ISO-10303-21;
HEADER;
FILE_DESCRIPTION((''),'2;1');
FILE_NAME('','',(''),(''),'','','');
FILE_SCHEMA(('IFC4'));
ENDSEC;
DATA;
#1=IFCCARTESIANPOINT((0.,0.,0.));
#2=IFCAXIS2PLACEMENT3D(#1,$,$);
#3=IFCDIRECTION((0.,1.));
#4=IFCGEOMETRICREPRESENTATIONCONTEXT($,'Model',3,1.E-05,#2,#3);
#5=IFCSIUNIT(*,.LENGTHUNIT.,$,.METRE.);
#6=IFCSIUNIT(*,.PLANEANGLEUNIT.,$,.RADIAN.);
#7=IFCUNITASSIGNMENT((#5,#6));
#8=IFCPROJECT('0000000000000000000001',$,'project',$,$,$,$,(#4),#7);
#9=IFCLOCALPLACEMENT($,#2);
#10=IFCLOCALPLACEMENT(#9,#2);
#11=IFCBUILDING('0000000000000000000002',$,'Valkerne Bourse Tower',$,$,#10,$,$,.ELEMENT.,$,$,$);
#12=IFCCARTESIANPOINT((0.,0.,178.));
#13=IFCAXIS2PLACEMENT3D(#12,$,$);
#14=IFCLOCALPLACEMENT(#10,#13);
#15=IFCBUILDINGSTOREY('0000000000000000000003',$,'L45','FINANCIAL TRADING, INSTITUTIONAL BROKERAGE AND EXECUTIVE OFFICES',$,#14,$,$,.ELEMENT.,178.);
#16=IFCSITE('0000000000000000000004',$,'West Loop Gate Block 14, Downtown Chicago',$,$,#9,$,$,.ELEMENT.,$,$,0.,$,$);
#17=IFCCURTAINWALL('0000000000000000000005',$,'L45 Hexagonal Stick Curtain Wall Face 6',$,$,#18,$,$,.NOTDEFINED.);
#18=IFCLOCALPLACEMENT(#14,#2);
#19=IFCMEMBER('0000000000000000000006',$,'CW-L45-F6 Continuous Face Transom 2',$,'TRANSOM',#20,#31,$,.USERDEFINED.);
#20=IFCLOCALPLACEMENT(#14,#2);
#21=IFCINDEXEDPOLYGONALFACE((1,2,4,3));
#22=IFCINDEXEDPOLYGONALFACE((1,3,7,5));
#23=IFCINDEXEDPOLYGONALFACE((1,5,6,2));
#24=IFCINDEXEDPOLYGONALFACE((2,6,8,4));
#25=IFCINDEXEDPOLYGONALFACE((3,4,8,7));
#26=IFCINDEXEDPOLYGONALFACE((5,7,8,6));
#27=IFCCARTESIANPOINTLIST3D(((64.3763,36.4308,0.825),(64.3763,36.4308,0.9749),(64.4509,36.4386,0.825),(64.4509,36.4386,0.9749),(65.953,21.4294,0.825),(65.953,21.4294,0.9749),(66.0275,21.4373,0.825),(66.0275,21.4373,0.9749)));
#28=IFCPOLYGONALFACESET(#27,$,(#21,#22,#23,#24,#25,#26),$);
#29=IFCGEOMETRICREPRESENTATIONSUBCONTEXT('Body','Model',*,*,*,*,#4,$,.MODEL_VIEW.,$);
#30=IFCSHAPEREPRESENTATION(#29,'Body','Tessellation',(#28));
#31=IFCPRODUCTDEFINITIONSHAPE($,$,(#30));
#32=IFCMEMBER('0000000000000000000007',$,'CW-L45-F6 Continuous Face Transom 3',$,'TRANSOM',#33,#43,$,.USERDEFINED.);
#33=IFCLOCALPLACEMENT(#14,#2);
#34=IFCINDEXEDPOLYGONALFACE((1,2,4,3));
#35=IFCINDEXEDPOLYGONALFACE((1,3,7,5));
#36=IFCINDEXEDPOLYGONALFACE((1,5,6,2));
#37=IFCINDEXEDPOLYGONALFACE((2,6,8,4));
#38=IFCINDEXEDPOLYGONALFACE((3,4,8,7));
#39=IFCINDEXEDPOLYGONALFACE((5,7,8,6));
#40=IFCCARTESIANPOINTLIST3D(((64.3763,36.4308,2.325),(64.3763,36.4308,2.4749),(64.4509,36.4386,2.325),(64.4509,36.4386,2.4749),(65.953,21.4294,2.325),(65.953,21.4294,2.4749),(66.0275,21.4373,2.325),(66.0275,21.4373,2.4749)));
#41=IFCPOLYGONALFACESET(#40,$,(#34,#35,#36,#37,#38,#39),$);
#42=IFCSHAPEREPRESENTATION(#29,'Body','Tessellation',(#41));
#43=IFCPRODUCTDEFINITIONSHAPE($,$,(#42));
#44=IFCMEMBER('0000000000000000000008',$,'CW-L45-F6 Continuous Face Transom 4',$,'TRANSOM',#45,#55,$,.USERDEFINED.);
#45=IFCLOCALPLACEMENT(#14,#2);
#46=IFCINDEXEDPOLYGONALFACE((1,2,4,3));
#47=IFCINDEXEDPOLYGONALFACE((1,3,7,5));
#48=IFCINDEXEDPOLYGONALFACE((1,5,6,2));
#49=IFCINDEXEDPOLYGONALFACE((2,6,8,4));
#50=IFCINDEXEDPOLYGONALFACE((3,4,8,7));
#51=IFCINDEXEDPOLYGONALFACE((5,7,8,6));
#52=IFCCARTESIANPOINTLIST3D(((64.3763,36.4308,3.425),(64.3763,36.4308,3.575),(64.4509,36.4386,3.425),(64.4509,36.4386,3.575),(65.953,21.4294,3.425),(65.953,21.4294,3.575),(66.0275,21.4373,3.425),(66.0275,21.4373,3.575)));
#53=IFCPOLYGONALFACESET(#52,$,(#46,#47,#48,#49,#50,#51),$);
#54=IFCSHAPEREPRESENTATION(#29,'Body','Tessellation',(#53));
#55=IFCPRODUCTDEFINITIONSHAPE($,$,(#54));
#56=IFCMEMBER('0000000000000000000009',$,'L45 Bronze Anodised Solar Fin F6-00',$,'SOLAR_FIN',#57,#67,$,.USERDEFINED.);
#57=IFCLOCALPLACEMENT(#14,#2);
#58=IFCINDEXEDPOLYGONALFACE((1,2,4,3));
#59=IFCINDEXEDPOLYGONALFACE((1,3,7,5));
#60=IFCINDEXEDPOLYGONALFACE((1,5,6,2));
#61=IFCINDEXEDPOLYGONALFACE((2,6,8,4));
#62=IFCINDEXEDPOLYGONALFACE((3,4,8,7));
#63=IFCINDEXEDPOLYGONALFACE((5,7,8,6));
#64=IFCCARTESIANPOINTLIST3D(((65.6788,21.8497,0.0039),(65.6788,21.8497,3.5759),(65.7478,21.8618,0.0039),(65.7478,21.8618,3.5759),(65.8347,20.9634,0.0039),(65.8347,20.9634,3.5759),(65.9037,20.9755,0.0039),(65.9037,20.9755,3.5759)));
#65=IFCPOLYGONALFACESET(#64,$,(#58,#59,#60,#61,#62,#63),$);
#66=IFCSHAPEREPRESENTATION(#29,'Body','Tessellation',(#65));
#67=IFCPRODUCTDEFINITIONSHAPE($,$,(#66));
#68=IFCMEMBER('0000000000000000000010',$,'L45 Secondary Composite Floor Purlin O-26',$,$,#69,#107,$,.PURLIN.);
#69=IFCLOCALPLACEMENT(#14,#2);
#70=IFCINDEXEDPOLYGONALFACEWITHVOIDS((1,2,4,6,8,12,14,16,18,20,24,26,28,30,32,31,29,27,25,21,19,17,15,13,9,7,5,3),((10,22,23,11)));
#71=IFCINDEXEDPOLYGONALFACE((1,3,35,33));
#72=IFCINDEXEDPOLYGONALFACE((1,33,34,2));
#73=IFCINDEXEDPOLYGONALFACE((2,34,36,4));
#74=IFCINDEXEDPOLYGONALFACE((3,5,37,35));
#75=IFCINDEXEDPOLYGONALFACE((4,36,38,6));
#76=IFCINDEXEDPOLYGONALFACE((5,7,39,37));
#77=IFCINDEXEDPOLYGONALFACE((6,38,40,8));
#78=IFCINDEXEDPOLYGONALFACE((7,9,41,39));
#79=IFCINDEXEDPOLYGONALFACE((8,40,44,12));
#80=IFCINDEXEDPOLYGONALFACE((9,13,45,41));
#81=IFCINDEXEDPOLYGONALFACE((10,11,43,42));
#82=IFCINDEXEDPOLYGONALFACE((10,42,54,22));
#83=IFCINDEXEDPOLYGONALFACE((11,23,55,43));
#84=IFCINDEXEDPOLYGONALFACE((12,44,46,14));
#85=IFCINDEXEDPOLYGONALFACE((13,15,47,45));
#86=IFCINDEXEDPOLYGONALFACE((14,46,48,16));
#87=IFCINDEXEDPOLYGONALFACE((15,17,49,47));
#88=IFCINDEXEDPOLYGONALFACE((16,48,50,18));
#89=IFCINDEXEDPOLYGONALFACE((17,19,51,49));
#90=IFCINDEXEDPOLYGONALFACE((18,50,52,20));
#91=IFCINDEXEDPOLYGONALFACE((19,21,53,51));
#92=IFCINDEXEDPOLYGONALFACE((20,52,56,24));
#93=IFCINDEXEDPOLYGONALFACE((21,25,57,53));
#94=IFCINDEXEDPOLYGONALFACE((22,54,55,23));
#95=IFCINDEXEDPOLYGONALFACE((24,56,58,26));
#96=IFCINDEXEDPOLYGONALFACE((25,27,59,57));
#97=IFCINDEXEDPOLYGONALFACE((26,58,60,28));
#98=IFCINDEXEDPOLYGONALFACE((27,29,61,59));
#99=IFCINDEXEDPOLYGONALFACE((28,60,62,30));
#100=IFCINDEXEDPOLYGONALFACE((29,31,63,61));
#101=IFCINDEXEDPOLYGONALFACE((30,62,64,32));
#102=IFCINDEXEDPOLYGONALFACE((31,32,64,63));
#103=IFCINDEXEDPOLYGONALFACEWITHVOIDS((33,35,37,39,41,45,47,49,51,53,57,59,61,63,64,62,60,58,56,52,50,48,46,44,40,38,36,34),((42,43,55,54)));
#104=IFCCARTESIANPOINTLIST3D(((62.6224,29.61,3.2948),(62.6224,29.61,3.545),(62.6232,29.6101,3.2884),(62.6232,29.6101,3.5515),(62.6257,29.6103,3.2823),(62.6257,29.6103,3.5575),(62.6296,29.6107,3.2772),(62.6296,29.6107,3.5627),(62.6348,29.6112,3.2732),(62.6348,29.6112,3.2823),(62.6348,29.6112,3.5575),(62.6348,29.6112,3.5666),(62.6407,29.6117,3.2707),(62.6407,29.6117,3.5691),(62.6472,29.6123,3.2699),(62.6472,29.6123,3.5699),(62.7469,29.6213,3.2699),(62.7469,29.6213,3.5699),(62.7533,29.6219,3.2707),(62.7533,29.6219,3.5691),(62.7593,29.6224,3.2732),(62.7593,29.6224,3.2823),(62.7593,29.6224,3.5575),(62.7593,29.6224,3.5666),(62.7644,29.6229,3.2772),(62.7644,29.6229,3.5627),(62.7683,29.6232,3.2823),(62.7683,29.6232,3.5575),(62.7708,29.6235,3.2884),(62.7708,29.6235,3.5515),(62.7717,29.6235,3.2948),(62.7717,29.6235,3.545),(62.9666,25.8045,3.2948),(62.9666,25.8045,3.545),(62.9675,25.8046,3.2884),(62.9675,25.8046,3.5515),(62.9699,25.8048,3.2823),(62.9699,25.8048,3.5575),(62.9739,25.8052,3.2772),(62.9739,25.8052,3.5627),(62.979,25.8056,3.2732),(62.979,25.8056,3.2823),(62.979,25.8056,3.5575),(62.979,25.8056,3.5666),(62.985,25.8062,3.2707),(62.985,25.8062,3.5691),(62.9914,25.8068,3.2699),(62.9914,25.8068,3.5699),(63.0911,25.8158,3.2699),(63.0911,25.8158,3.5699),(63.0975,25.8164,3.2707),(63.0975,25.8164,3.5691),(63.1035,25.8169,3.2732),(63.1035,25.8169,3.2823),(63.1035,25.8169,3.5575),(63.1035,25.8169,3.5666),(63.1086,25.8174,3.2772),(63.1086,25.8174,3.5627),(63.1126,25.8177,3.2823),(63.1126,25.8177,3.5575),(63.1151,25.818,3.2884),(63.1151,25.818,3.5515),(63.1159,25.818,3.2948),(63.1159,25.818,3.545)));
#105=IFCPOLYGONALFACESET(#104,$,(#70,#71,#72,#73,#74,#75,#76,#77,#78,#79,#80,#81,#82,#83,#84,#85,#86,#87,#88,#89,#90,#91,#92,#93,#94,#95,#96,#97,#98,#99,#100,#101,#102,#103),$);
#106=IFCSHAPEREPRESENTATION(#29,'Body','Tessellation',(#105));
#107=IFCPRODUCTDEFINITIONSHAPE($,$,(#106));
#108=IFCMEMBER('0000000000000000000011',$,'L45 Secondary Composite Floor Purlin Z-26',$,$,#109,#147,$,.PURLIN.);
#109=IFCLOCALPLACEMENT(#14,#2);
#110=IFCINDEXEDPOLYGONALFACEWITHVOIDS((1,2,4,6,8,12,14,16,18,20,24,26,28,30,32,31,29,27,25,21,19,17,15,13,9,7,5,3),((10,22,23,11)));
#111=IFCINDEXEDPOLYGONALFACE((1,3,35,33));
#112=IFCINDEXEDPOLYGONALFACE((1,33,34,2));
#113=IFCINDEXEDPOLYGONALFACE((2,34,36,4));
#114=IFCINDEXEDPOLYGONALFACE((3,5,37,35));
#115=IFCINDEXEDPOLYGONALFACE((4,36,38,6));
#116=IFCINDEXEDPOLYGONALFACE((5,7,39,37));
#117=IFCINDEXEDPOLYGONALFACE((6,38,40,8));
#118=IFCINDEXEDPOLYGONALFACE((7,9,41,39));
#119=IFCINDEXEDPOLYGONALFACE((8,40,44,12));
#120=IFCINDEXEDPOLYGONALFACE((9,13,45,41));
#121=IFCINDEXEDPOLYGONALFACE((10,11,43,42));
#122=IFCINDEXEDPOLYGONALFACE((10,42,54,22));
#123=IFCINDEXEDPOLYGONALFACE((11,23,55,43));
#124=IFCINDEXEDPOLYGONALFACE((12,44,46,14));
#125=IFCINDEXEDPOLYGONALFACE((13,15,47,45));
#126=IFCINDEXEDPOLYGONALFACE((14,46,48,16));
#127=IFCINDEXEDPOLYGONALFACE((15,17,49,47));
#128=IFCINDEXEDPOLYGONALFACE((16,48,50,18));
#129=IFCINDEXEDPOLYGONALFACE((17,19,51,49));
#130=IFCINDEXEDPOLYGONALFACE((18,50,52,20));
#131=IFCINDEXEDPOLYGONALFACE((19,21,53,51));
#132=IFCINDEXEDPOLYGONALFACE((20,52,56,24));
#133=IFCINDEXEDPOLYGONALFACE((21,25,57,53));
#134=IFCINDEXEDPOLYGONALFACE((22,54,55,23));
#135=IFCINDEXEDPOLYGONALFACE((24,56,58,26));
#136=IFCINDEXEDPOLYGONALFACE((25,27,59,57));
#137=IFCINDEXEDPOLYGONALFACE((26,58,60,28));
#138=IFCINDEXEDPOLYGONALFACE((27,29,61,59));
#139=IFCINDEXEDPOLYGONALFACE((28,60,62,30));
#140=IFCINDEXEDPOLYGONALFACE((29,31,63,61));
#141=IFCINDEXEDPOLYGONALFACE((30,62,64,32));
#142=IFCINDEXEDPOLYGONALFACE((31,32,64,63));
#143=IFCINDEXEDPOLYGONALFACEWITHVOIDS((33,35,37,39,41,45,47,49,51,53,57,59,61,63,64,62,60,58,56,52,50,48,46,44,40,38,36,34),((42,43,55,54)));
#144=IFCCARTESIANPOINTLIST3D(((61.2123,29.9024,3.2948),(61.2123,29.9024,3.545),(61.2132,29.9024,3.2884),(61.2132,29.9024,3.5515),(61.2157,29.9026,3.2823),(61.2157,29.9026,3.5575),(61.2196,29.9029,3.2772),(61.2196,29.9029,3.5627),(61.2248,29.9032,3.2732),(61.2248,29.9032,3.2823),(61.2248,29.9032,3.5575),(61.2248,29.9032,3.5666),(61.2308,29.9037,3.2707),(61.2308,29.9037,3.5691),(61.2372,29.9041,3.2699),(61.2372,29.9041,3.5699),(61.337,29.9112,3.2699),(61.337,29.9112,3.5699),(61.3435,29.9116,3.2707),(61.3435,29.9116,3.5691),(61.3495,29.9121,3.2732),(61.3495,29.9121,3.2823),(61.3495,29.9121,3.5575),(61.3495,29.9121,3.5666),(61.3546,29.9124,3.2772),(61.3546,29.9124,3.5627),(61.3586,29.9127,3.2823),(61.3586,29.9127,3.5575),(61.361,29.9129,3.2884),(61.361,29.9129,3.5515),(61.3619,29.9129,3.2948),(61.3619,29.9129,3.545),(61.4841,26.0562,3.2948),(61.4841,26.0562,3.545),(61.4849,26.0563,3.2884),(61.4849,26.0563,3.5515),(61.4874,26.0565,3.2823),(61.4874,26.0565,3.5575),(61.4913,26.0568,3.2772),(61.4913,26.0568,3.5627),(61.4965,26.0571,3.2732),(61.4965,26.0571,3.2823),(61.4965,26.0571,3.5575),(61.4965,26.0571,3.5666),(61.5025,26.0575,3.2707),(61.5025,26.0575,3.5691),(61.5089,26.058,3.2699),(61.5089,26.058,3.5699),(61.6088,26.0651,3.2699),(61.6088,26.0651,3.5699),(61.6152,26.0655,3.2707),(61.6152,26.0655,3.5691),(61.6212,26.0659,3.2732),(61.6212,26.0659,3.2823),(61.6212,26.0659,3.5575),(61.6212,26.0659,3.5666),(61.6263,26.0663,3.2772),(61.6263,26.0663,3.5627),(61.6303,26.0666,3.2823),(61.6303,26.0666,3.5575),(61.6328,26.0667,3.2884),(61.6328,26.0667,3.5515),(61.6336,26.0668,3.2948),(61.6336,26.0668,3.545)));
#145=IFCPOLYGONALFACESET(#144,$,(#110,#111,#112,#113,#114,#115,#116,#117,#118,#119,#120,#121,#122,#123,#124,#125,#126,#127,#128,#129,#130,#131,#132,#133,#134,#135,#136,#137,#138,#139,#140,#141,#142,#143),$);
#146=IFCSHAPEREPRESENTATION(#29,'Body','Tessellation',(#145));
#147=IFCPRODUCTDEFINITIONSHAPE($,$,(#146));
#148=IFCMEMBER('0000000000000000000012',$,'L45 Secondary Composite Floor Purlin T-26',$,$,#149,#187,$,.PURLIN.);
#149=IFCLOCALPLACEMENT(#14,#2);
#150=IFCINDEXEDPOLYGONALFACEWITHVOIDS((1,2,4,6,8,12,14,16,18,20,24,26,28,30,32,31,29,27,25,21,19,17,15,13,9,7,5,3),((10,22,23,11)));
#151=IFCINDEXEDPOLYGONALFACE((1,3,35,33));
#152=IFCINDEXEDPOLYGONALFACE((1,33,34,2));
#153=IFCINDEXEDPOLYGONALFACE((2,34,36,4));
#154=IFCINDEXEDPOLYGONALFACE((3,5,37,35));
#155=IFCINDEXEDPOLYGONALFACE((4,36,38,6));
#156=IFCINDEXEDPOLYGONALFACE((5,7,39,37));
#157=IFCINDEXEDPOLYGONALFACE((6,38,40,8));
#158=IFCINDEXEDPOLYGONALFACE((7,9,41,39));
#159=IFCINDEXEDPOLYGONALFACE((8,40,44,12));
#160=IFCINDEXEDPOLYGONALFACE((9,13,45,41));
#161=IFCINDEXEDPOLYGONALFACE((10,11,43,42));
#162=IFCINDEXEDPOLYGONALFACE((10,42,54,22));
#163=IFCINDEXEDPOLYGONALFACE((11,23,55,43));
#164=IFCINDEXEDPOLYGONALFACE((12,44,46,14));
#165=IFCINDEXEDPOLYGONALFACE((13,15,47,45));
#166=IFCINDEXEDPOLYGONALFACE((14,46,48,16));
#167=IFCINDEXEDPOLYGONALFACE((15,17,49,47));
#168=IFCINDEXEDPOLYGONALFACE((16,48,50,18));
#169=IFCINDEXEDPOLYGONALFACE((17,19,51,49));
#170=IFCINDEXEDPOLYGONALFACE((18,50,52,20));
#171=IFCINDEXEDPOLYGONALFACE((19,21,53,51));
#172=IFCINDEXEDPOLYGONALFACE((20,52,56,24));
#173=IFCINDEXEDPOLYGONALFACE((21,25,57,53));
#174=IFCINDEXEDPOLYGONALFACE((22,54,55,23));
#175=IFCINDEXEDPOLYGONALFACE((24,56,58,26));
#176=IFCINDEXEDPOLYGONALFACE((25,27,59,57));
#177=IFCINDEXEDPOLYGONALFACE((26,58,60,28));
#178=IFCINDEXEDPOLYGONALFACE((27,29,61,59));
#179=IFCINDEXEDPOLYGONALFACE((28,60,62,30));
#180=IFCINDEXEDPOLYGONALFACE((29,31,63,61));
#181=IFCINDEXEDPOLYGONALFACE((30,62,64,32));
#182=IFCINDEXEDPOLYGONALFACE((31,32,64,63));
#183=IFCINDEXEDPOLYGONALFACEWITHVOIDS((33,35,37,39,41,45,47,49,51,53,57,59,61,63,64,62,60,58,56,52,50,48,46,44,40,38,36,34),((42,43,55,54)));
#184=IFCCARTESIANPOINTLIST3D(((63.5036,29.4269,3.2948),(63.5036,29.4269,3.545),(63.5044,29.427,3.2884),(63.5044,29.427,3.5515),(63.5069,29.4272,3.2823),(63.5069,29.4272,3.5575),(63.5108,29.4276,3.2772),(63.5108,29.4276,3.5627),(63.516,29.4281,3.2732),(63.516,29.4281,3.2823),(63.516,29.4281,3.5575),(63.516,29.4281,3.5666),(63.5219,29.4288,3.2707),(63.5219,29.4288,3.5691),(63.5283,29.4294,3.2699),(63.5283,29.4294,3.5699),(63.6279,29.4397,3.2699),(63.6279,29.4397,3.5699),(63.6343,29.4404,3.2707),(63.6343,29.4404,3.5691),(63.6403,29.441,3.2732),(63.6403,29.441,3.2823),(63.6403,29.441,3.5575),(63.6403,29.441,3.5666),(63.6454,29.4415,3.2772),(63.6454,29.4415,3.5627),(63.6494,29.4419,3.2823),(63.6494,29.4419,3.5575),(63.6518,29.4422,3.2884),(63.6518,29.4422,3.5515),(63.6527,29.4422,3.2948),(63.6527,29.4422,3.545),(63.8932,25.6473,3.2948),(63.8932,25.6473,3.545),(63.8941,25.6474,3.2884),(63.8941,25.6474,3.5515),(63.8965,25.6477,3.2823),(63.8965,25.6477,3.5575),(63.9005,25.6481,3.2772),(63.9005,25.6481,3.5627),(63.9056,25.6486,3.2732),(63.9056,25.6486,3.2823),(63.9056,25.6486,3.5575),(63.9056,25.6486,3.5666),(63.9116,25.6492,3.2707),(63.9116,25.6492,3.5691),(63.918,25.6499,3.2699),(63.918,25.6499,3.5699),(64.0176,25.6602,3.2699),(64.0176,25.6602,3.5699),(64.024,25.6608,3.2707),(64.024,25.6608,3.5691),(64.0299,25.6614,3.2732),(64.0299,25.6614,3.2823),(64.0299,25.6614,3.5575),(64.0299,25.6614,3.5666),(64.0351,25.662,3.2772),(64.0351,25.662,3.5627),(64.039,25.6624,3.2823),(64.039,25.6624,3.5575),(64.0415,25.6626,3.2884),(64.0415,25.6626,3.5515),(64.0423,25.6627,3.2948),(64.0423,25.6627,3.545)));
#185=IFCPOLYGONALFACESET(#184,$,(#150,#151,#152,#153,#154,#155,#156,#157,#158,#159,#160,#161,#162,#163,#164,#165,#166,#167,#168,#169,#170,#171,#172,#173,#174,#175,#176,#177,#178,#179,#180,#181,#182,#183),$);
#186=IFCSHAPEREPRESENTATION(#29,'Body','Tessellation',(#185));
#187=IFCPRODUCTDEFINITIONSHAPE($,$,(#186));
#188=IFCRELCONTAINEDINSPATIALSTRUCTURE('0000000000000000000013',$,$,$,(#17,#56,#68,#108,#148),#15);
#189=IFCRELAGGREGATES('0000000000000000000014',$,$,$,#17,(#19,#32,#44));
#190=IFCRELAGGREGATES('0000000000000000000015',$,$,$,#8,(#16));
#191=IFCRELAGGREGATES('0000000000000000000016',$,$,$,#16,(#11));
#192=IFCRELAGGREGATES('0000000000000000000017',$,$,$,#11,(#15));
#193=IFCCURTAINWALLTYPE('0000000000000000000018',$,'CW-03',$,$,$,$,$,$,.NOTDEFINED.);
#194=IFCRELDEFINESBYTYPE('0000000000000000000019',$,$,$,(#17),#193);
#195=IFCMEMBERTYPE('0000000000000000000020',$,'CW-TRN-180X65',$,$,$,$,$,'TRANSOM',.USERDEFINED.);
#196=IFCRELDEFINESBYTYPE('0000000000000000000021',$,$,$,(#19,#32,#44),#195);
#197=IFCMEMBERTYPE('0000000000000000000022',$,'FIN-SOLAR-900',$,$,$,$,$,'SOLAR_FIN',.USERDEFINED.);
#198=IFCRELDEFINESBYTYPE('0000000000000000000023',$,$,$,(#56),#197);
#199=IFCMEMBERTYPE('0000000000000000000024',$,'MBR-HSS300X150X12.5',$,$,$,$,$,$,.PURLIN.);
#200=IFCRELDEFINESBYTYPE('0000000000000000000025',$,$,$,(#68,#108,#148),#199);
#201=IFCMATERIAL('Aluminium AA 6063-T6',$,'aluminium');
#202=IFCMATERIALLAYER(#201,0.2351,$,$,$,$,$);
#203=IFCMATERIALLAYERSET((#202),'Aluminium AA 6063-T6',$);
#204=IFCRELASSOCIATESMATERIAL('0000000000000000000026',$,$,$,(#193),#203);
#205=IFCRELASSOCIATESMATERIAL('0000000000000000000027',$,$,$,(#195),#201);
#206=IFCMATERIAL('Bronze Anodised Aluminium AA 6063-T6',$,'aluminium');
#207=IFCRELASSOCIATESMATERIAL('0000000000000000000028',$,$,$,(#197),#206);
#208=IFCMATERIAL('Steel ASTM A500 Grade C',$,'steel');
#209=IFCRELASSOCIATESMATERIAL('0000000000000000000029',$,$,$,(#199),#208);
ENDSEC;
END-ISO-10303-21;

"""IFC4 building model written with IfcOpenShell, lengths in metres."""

from ifc_helpers import new_model, si_unit, direction, frame, origin, origin_2d, place, context, subcontext, project, spatial, rectangle, hollow_rectangle, extrude, material, layer, layer_set, material_profile, profile_set, type_object, element, aggregate, save


model = new_model("IFC4")

# Units and contexts
model_context = context("Model", 3, precision=1e-05, world=origin(), true_north=direction((0.0, 1.0)))
body_context = subcontext(model_context, "Body", "Model", "MODEL_VIEW")
ifc_project = project(units=[si_unit("LENGTHUNIT", "METRE"), si_unit("PLANEANGLEUNIT", "RADIAN")], contexts=[model_context])

# Site, building, storey
site_placement = place(None, origin())
site = spatial("IfcSite", under=ifc_project, at=site_placement, Name="West Loop Gate Block 14, Downtown Chicago", CompositionType="ELEMENT", RefElevation=0.0)
building_placement = place(site_placement, origin())
building = spatial("IfcBuilding", under=site, at=building_placement, Name="Valkerne Bourse Tower", CompositionType="ELEMENT")
storey_placement = place(building_placement, frame((0.0, 0.0, 178.0)))
storey = spatial("IfcBuildingStorey", under=building, at=storey_placement, Name="L45", Description="FINANCIAL TRADING, INSTITUTIONAL BROKERAGE AND EXECUTIVE OFFICES", CompositionType="ELEMENT", Elevation=178.0)

# Curtain wall, members
ifc_material_1 = material(Name="Aluminium AA 6063-T6", Category="aluminium")
ifc_layer_1 = layer(ifc_material_1, 0.2351)
ifc_layer_set_1 = layer_set([ifc_layer_1], Name="Aluminium AA 6063-T6")
curtain_wall_type = type_object("IfcCurtainWallType", Name="CW-03", PredefinedType="NOTDEFINED", material=ifc_layer_set_1)
curtain_wall_placement = place(storey_placement, origin())
curtain_wall = element("IfcCurtainWall", 1, at=curtain_wall_placement, inside=storey, type_object=curtain_wall_type, Name="L45 Hexagonal Stick Curtain Wall Face 6", PredefinedType="NOTDEFINED")
ifc_material_profile_1 = material_profile(ifc_material_1, rectangle(XDim=0.075, YDim=0.1499, at=origin_2d()), Name="CWT-75X150")
ifc_profile_set_1 = profile_set([ifc_material_profile_1], Name="Aluminium AA 6063-T6")
member_type_1 = type_object("IfcMemberType", Name="CW-TRN-180X65", ElementType="TRANSOM", PredefinedType="USERDEFINED", material=ifc_profile_set_1)
member_1_placement = place(storey_placement, frame((65.9902, 21.4333, 0.8999), z_axis=(-0.104525, 0.994522, 0.0), x_axis=(-0.994522, -0.104525, 0.0)))
member_1 = element("IfcMember", 2, at=member_1_placement, type_object=member_type_1, Name="CW-L45-F6 Continuous Face Transom 2", ObjectType="TRANSOM", PredefinedType="USERDEFINED", context=body_context, shape_type="SweptSolid", body=[
    extrude(rectangle(XDim=0.075, YDim=0.1499, at=origin_2d()), origin(), (0.0, 0.0, 1.0), 15.084),
])
member_2_placement = place(storey_placement, frame((65.9902, 21.4333, 2.3999), z_axis=(-0.104525, 0.994522, 0.0), x_axis=(-0.994522, -0.104525, 0.0)))
member_2 = element("IfcMember", 3, at=member_2_placement, type_object=member_type_1, Name="CW-L45-F6 Continuous Face Transom 3", ObjectType="TRANSOM", PredefinedType="USERDEFINED", context=body_context, shape_type="SweptSolid", body=[
    extrude(rectangle(XDim=0.075, YDim=0.1499, at=origin_2d()), origin(), (0.0, 0.0, 1.0), 15.084),
])
member_3_placement = place(storey_placement, frame((65.9902, 21.4333, 3.5), z_axis=(-0.104525, 0.994522, 0.0), x_axis=(-0.994522, -0.104525, 0.0)))
member_3 = element("IfcMember", 4, at=member_3_placement, type_object=member_type_1, Name="CW-L45-F6 Continuous Face Transom 4", ObjectType="TRANSOM", PredefinedType="USERDEFINED", context=body_context, shape_type="SweptSolid", body=[
    extrude(rectangle(XDim=0.075, YDim=0.1499, at=origin_2d()), origin(), (0.0, 0.0, 1.0), 15.084),
])

# Members
ifc_material_2 = material(Name="Bronze Anodised Aluminium AA 6063-T6", Category="aluminium")
ifc_material_profile_2 = material_profile(ifc_material_2, rectangle(XDim=0.0701, YDim=0.8999, at=origin_2d()), Name="FIN-70X900")
ifc_profile_set_2 = profile_set([ifc_material_profile_2], Name="Bronze Anodised Aluminium AA 6063-T6")
member_type_2 = type_object("IfcMemberType", Name="FIN-SOLAR-900", ElementType="SOLAR_FIN", PredefinedType="USERDEFINED", material=ifc_profile_set_2)
member_4_placement = place(storey_placement, frame((65.7913, 21.4126, 0.0039), z_axis=(0.0, 0.0, 1.0), x_axis=(0.984879, 0.173245, 0.0)))
element("IfcMember", 5, at=member_4_placement, inside=storey, type_object=member_type_2, Name="L45 Bronze Anodised Solar Fin F6-00", ObjectType="SOLAR_FIN", PredefinedType="USERDEFINED", context=body_context, shape_type="SweptSolid", body=[
    extrude(rectangle(XDim=0.0701, YDim=0.8999, at=origin_2d()), origin(), (0.0, 0.0, 1.0), 3.572),
])
ifc_material_3 = material(Name="Steel ASTM A500 Grade C", Category="steel")
ifc_material_profile_3 = material_profile(ifc_material_3, hollow_rectangle(XDim=0.1499, YDim=0.3, WallThickness=0.0125, OuterFilletRadius=0.0249, at=origin_2d()), Name="HSS300X150X12.5")
ifc_profile_set_3 = profile_set([ifc_material_profile_3], Name="Steel ASTM A500 Grade C")
member_type_3 = type_object("IfcMemberType", Name="MBR-HSS300X150X12.5", PredefinedType="PURLIN", material=ifc_profile_set_3)
member_5_placement = place(storey_placement, frame((63.0413, 25.8113, 3.4199), z_axis=(-0.090092, 0.995933, 0.0), x_axis=(-0.995933, -0.090092, 0.0)))
element("IfcMember", 6, at=member_5_placement, inside=storey, type_object=member_type_3, Name="L45 Secondary Composite Floor Purlin O-26", PredefinedType="PURLIN", context=body_context, shape_type="SweptSolid", body=[
    extrude(hollow_rectangle(XDim=0.1499, YDim=0.3, WallThickness=0.0125, OuterFilletRadius=0.0249, at=origin_2d()), origin(), (0.0, 0.0, 1.0), 3.821),
])
member_6_placement = place(storey_placement, frame((61.5588, 26.0615, 3.4199), z_axis=(-0.070473, 0.997514, 0.0), x_axis=(-0.997514, -0.070473, 0.0)))
element("IfcMember", 7, at=member_6_placement, inside=storey, type_object=member_type_3, Name="L45 Secondary Composite Floor Purlin Z-26", PredefinedType="PURLIN", context=body_context, shape_type="SweptSolid", body=[
    extrude(hollow_rectangle(XDim=0.1499, YDim=0.3, WallThickness=0.0125, OuterFilletRadius=0.0249, at=origin_2d()), origin(), (0.0, 0.0, 1.0), 3.8557),
])
member_7_placement = place(storey_placement, frame((63.9678, 25.655, 3.4199), z_axis=(-0.102551, 0.994728, 0.0), x_axis=(-0.994728, -0.102551, 0.0)))
element("IfcMember", 8, at=member_7_placement, inside=storey, type_object=member_type_3, Name="L45 Secondary Composite Floor Purlin T-26", PredefinedType="PURLIN", context=body_context, shape_type="SweptSolid", body=[
    extrude(hollow_rectangle(XDim=0.1499, YDim=0.3, WallThickness=0.0125, OuterFilletRadius=0.0249, at=origin_2d()), origin(), (0.0, 0.0, 1.0), 3.7996),
])

aggregate(curtain_wall, [member_1, member_2, member_3])

save(model, "model.ifc")
